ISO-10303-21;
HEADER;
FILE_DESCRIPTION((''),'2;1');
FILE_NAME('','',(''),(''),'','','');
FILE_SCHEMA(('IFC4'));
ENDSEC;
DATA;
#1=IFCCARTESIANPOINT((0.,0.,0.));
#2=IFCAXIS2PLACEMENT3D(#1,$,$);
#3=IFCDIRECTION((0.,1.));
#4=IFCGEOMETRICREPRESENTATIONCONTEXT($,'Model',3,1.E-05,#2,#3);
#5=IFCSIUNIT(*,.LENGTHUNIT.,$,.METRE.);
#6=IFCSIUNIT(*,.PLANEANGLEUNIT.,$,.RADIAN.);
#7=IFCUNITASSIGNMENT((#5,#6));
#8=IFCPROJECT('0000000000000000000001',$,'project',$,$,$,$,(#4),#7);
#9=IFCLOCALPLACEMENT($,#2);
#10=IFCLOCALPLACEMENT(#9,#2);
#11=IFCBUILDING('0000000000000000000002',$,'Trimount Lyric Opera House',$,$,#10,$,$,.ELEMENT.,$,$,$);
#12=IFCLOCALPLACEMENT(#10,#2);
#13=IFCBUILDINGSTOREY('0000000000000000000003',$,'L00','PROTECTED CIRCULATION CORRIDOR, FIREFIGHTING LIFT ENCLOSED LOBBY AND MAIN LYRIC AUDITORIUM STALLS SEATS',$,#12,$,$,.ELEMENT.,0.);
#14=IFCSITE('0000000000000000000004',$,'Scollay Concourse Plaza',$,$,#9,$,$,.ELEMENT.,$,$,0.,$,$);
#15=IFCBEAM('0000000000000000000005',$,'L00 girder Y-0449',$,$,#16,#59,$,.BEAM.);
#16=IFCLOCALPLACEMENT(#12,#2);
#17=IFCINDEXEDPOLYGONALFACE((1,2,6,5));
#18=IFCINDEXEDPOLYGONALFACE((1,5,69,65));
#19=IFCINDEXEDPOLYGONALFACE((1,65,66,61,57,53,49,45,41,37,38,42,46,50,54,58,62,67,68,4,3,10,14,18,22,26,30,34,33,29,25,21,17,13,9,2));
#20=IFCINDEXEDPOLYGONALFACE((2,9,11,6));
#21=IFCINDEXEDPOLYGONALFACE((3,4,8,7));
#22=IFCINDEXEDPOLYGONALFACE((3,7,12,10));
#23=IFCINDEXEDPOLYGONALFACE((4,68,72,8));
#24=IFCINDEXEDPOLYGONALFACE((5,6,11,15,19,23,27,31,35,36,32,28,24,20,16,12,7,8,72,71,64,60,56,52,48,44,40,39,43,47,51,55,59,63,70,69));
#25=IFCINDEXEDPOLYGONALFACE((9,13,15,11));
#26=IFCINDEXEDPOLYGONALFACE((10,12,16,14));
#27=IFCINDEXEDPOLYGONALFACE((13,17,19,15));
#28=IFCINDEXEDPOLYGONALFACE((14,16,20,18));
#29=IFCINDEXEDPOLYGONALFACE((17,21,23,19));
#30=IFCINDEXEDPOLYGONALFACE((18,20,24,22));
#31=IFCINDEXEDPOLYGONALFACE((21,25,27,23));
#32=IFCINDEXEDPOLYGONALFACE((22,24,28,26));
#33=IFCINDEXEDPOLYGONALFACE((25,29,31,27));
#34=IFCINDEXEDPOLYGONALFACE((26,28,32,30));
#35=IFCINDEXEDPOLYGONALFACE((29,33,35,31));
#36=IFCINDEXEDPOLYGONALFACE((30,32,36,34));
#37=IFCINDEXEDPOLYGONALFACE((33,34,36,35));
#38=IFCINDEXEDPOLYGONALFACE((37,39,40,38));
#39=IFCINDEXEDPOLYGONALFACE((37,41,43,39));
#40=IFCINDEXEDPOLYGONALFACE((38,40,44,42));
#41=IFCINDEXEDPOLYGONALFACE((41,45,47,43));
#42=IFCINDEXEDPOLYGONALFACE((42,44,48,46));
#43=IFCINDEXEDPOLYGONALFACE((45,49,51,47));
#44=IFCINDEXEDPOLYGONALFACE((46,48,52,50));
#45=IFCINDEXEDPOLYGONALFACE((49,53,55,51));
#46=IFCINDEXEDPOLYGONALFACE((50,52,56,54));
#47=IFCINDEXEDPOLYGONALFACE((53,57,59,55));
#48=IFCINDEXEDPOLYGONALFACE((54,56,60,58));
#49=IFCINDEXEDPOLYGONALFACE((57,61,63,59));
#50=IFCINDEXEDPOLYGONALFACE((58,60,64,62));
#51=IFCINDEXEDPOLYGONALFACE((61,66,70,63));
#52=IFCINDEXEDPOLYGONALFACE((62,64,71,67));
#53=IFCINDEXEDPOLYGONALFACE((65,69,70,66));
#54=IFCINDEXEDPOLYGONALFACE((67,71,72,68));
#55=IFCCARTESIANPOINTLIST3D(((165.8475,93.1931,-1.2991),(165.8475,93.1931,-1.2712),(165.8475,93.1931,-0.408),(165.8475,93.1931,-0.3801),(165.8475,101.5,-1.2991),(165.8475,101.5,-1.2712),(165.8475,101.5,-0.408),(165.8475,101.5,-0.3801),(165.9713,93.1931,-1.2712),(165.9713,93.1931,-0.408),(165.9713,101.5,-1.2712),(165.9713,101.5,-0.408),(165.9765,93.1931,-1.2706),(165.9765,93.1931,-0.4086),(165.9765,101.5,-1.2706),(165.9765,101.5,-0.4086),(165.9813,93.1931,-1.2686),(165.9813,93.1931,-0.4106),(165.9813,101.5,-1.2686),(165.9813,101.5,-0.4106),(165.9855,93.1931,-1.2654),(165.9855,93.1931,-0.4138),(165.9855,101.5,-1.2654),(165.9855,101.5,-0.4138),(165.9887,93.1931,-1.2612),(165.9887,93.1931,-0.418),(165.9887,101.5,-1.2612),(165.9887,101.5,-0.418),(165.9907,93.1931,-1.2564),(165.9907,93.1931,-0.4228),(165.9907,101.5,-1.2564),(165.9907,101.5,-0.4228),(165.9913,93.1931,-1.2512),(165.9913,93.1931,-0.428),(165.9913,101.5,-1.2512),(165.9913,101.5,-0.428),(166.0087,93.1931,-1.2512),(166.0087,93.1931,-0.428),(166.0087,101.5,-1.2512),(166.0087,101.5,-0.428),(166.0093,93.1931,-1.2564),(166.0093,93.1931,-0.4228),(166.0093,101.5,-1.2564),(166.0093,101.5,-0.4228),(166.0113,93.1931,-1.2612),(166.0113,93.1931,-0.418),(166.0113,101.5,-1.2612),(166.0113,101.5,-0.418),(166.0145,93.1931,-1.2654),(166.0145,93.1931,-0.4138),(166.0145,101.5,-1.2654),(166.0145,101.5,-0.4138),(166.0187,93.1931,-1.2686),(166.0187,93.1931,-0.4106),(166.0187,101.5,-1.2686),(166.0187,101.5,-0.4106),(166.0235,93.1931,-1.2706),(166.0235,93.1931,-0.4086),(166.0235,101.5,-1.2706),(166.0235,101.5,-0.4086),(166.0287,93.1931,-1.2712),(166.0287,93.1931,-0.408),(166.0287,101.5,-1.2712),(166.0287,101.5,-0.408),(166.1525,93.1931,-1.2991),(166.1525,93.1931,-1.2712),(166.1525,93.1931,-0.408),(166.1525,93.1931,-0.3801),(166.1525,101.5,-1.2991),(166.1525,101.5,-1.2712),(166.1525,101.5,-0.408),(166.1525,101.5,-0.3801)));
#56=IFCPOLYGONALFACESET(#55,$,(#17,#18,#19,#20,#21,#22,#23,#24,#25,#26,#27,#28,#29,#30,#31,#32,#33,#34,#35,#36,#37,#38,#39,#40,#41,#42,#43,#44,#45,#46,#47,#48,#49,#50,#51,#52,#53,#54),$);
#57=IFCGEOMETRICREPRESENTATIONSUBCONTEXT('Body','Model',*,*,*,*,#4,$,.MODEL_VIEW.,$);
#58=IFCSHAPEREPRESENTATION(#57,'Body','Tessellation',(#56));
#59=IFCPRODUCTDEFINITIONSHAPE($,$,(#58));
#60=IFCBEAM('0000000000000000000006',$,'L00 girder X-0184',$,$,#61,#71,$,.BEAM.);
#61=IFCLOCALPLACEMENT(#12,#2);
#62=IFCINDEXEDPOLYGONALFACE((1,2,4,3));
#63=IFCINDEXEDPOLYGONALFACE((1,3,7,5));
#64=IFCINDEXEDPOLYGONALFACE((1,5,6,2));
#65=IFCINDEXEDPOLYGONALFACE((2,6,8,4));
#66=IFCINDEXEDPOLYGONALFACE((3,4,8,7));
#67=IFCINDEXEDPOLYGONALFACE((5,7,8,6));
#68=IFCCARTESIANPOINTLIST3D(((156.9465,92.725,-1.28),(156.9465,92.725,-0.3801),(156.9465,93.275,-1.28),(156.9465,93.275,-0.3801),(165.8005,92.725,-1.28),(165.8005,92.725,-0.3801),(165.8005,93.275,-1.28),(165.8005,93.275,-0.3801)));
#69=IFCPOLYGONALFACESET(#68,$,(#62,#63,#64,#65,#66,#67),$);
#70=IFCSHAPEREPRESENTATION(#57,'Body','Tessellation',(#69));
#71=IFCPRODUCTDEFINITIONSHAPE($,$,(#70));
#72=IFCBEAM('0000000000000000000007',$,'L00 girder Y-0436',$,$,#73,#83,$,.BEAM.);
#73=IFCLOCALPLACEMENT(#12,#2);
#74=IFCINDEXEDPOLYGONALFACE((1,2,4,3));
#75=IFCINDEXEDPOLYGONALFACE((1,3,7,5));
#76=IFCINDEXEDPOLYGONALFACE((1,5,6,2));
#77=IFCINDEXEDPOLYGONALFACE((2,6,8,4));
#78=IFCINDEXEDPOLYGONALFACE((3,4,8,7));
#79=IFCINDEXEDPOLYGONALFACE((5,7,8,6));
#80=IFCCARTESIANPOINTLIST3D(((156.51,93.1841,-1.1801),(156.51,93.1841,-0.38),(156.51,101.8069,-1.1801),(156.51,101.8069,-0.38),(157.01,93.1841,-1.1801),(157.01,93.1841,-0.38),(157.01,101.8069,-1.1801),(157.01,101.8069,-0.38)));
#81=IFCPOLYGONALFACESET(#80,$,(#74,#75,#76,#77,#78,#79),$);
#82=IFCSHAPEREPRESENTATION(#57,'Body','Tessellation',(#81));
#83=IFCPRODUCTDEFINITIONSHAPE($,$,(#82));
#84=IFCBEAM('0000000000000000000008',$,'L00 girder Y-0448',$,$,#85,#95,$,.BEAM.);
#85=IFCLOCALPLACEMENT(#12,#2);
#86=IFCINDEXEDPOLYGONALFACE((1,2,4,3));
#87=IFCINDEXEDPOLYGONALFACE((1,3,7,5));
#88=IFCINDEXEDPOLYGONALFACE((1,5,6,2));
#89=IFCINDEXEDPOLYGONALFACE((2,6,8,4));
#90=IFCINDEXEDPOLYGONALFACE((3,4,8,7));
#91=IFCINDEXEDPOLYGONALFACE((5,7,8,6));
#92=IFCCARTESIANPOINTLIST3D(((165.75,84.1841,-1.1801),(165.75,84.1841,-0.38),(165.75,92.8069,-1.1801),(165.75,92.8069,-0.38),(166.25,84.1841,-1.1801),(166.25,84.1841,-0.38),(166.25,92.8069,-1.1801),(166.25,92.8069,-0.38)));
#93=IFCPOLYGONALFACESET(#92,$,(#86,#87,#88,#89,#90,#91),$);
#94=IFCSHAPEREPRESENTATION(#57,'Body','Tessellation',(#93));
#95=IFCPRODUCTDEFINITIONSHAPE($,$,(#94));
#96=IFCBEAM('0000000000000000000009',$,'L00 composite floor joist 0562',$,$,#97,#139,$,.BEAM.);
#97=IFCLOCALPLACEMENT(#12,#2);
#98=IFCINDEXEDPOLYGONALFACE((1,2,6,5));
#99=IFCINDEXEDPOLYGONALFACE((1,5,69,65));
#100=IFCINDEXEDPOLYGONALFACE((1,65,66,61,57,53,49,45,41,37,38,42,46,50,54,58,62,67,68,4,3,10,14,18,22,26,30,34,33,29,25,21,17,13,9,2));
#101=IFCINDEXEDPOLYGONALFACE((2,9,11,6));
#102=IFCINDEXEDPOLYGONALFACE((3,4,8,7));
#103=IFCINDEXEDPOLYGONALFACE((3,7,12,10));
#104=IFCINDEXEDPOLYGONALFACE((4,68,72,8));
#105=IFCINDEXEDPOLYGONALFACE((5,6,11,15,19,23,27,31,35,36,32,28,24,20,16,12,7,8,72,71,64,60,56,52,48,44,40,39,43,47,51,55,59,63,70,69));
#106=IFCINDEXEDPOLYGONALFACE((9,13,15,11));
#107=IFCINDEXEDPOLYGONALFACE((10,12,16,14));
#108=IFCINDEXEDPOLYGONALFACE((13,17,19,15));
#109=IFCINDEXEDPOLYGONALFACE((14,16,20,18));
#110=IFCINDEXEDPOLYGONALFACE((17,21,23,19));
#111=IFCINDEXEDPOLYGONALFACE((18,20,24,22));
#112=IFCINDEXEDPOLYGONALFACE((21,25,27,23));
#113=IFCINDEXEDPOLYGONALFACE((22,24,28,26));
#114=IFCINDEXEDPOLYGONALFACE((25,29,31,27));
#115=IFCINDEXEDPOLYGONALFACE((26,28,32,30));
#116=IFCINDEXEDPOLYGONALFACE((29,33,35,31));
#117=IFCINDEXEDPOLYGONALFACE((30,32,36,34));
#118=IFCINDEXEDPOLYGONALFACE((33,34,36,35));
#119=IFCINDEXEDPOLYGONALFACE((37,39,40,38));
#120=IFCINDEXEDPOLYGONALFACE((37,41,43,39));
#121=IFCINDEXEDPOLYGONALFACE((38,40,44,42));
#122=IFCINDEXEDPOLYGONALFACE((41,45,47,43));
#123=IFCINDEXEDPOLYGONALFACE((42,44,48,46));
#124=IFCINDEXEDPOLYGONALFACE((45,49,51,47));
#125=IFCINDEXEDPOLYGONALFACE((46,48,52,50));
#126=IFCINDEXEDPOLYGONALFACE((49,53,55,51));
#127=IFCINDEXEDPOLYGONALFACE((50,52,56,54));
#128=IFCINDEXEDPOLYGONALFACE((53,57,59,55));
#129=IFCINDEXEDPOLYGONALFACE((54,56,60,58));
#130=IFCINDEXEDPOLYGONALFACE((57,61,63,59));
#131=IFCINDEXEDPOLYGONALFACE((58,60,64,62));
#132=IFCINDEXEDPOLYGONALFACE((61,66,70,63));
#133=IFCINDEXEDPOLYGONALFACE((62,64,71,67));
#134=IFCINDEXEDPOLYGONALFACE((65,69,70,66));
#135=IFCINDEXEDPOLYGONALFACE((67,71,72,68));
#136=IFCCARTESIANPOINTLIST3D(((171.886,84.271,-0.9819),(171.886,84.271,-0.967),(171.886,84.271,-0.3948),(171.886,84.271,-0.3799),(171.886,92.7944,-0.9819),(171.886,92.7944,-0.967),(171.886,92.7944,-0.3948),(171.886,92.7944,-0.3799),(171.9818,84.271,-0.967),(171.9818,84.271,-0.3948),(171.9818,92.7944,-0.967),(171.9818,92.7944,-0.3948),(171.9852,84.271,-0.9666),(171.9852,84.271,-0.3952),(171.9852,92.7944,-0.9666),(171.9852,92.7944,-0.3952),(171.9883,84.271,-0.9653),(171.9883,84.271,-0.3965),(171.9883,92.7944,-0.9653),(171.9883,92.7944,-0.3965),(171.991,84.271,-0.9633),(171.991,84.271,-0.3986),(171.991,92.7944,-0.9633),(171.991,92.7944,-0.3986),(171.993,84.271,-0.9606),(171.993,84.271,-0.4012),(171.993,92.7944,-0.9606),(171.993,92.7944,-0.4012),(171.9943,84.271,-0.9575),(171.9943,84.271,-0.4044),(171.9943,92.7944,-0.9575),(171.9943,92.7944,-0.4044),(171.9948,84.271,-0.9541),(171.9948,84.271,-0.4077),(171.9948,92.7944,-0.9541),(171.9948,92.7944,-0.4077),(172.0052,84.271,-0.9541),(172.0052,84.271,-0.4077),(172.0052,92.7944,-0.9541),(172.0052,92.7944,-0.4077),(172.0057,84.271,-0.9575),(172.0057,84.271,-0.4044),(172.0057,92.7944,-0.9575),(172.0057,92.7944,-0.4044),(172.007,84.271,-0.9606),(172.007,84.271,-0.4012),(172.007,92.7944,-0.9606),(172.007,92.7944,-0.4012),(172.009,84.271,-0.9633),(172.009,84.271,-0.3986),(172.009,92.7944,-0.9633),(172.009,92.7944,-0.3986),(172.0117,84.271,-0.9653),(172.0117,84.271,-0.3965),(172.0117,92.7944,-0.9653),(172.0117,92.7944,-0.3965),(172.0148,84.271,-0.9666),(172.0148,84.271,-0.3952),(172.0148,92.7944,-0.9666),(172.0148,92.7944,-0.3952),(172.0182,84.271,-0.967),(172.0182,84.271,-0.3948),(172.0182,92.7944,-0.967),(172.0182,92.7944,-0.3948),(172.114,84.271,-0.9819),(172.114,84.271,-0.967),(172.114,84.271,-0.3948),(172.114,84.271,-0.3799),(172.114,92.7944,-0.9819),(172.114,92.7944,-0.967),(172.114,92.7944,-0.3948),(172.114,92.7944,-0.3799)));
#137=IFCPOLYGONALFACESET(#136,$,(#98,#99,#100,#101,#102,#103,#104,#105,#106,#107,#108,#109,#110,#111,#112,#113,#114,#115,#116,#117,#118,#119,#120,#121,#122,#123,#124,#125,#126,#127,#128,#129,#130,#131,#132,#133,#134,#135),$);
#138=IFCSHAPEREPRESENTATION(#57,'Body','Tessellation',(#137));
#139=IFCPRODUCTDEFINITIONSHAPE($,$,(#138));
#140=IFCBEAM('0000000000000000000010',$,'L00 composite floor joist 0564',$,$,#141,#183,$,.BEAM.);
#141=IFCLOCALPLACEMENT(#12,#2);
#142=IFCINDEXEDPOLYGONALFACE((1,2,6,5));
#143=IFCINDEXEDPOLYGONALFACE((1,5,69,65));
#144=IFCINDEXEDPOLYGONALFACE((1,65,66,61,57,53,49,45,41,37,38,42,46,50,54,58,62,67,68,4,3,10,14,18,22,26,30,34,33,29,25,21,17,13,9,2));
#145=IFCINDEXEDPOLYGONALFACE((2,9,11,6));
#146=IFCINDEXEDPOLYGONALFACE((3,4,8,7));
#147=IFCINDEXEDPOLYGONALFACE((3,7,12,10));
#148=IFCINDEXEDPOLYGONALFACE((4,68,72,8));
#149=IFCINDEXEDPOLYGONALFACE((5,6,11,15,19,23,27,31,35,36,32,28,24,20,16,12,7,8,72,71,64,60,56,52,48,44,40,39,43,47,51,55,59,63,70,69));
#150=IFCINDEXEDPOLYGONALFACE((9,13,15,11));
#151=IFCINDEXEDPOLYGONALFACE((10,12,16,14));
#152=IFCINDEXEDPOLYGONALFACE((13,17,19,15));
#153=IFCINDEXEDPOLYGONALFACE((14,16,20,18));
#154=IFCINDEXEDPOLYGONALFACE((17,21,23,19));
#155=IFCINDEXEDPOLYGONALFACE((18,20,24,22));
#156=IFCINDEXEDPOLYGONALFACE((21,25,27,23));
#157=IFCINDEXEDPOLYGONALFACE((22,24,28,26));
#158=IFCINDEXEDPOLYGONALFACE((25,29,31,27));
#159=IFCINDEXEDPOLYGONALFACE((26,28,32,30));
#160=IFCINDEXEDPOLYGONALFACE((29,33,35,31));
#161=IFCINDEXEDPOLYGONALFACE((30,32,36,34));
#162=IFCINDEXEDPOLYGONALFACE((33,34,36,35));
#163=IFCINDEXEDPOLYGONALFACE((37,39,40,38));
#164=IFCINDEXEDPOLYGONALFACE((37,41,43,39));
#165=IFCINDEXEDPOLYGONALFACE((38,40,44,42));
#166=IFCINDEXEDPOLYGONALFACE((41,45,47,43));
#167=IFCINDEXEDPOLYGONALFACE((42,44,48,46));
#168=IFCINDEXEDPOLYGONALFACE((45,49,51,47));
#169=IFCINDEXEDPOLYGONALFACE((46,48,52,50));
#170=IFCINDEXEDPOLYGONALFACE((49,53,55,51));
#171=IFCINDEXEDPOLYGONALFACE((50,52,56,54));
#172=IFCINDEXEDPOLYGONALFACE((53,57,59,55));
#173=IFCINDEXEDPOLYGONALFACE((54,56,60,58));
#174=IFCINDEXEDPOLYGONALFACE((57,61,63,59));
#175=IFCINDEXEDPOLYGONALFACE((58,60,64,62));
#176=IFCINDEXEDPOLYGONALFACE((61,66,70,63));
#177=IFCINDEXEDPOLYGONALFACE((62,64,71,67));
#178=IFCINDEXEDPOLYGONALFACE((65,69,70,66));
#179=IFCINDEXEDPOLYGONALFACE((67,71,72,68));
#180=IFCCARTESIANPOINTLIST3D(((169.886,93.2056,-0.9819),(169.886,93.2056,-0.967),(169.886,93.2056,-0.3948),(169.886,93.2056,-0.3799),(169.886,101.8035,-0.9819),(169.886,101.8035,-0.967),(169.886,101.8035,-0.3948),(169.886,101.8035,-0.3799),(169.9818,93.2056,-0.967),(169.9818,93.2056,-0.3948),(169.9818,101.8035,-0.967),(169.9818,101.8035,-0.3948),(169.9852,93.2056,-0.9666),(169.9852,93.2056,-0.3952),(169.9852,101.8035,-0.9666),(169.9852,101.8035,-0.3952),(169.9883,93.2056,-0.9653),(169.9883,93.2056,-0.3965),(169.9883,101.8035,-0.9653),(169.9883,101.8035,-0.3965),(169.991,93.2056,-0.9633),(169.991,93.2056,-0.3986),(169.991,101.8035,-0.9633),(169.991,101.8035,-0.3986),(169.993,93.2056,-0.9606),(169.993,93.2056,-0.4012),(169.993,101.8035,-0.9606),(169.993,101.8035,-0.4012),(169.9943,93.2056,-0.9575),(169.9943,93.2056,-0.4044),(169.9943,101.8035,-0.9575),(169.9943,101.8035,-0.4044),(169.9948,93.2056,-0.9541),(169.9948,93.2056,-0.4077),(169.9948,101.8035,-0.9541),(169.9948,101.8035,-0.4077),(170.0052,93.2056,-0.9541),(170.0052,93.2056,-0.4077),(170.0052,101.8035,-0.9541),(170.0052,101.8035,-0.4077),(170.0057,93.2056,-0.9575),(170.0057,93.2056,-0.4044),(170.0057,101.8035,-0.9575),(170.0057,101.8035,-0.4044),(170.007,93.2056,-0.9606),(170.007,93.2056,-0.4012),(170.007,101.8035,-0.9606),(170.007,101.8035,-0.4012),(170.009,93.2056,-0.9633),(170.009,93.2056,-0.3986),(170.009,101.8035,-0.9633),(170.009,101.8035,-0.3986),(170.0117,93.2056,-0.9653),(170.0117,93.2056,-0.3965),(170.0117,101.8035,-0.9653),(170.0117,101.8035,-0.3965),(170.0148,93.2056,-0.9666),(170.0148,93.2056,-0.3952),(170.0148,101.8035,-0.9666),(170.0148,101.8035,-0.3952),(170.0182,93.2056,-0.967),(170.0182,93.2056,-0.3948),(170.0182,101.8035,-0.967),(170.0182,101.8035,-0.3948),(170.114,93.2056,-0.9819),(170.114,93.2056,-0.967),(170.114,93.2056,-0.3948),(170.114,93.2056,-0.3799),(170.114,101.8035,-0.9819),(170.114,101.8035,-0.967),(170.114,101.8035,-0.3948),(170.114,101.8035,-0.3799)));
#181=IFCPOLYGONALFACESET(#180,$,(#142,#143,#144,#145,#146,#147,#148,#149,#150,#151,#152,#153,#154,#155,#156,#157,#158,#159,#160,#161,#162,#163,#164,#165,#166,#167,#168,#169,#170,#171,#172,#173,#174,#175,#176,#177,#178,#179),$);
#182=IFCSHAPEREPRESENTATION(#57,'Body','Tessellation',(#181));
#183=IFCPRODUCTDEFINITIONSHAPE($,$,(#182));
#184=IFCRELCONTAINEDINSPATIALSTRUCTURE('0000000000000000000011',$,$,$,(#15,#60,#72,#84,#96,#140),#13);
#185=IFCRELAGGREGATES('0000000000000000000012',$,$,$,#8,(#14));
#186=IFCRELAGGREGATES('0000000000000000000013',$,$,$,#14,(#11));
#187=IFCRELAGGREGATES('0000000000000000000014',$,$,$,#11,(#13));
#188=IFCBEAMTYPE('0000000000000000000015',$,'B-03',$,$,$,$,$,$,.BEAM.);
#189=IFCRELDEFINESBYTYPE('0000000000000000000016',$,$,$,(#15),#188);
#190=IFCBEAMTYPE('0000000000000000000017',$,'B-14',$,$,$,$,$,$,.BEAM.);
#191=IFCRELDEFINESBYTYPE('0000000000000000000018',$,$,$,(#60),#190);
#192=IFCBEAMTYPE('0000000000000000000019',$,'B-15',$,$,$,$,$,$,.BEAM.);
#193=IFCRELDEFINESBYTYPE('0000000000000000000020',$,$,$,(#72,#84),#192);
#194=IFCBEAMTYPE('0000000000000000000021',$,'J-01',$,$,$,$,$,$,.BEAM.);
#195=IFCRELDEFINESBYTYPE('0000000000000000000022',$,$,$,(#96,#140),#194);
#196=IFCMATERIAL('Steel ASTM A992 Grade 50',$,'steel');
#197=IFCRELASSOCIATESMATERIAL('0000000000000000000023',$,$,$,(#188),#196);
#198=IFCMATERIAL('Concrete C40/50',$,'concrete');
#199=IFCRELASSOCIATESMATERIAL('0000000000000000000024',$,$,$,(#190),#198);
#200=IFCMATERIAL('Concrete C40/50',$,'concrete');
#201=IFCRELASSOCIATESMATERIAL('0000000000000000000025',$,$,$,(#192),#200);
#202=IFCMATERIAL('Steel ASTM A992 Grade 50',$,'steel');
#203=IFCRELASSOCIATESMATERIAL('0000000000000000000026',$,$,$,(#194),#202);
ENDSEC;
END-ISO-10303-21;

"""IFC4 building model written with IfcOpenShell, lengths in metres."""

from ifc_helpers import new_model, si_unit, direction, frame, origin, origin_2d, place, context, subcontext, project, spatial, rectangle, i_section, extrude, material, material_profile, profile_set, type_object, element, save


model = new_model("IFC4")

# Units and contexts
model_context = context("Model", 3, precision=1e-05, world=origin(), true_north=direction((0.0, 1.0)))
body_context = subcontext(model_context, "Body", "Model", "MODEL_VIEW")
ifc_project = project(units=[si_unit("LENGTHUNIT", "METRE"), si_unit("PLANEANGLEUNIT", "RADIAN")], contexts=[model_context])

# Site, building, storey
site_placement = place(None, origin())
site = spatial("IfcSite", under=ifc_project, at=site_placement, Name="Scollay Concourse Plaza", CompositionType="ELEMENT", RefElevation=0.0)
building_placement = place(site_placement, origin())
building = spatial("IfcBuilding", under=site, at=building_placement, Name="Trimount Lyric Opera House", CompositionType="ELEMENT")
storey_placement = place(building_placement, origin())
storey = spatial("IfcBuildingStorey", under=building, at=storey_placement, Name="L00", Description="PROTECTED CIRCULATION CORRIDOR, FIREFIGHTING LIFT ENCLOSED LOBBY AND MAIN LYRIC AUDITORIUM STALLS SEATS", CompositionType="ELEMENT", Elevation=0.0)

# Beams
ifc_material_1 = material(Name="Steel ASTM A992 Grade 50", Category="steel")
ifc_material_profile_1 = material_profile(ifc_material_1, i_section(OverallWidth=0.3049, OverallDepth=0.9189, WebThickness=0.0173, FlangeThickness=0.0278, FilletRadius=0.02, at=origin_2d()), Name="W36X170")
ifc_profile_set_1 = profile_set([ifc_material_profile_1], Name="Steel ASTM A992 Grade 50")
beam_type_1 = type_object("IfcBeamType", Name="B-03", PredefinedType="BEAM", material=ifc_profile_set_1)
beam_1_placement = place(storey_placement, frame((166.0, 93.1931, -0.8396), z_axis=(0.0, 1.0, 0.0), x_axis=(-1.0, 0.0, 0.0)))
element("IfcBeam", 1, at=beam_1_placement, inside=storey, type_object=beam_type_1, Name="L00 girder Y-0449", PredefinedType="BEAM", context=body_context, shape_type="SweptSolid", body=[
    extrude(i_section(OverallWidth=0.3049, OverallDepth=0.9189, WebThickness=0.0173, FlangeThickness=0.0278, FilletRadius=0.02, at=origin_2d()), origin(), (0.0, 0.0, 1.0), 8.3069),
])
ifc_material_2 = material(Name="Concrete C40/50", Category="concrete")
ifc_material_profile_2 = material_profile(ifc_material_2, rectangle(XDim=0.55, YDim=0.8999, at=origin_2d()), Name="RC550X900")
ifc_profile_set_2 = profile_set([ifc_material_profile_2], Name="Concrete C40/50")
beam_type_2 = type_object("IfcBeamType", Name="B-14", PredefinedType="BEAM", material=ifc_profile_set_2)
beam_2_placement = place(storey_placement, frame((156.9465, 93.0, -0.8301), z_axis=(1.0, 0.0, 0.0), x_axis=(0.0, 1.0, 0.0)))
element("IfcBeam", 2, at=beam_2_placement, inside=storey, type_object=beam_type_2, Name="L00 girder X-0184", PredefinedType="BEAM", context=body_context, shape_type="SweptSolid", body=[
    extrude(rectangle(XDim=0.55, YDim=0.8999, at=origin_2d()), origin(), (0.0, 0.0, 1.0), 8.854),
])
ifc_material_3 = material(Name="Concrete C40/50", Category="concrete")
ifc_material_profile_3 = material_profile(ifc_material_3, rectangle(XDim=0.5, YDim=0.8, at=origin_2d()), Name="RC500X800")
ifc_profile_set_3 = profile_set([ifc_material_profile_3], Name="Concrete C40/50")
beam_type_3 = type_object("IfcBeamType", Name="B-15", PredefinedType="BEAM", material=ifc_profile_set_3)
for number, where, z_axis, x_axis, name in (
    (3, (156.76, 93.1841, -0.78), (0.0, 1.0, 0.0), (-1.0, 0.0, 0.0), "L00 girder Y-0436"),
    (4, (166.0, 84.1841, -0.78), (0.0, 1.0, 0.0), (-1.0, 0.0, 0.0), "L00 girder Y-0448"),
):
    element("IfcBeam", number, at=place(storey_placement, frame(where, z_axis=z_axis, x_axis=x_axis)), inside=storey, type_object=beam_type_3, Name=name, PredefinedType="BEAM", context=body_context, shape_type="SweptSolid", body=[
        extrude(rectangle(XDim=0.5, YDim=0.8, at=origin_2d()), origin(), (0.0, 0.0, 1.0), 8.6228),
    ])
ifc_material_4 = material(Name="Steel ASTM A992 Grade 50", Category="steel")
ifc_material_profile_4 = material_profile(ifc_material_4, i_section(OverallWidth=0.228, OverallDepth=0.6021, WebThickness=0.0105, FlangeThickness=0.0149, FilletRadius=0.0129, at=origin_2d()), Name="W24X68")
ifc_profile_set_4 = profile_set([ifc_material_profile_4], Name="Steel ASTM A992 Grade 50")
beam_type_4 = type_object("IfcBeamType", Name="J-01", PredefinedType="BEAM", material=ifc_profile_set_4)
beam_3_placement = place(storey_placement, frame((172.0, 84.271, -0.6809), z_axis=(0.0, 1.0, 0.0), x_axis=(-1.0, 0.0, 0.0)))
element("IfcBeam", 5, at=beam_3_placement, inside=storey, type_object=beam_type_4, Name="L00 composite floor joist 0562", PredefinedType="BEAM", context=body_context, shape_type="SweptSolid", body=[
    extrude(i_section(OverallWidth=0.228, OverallDepth=0.6021, WebThickness=0.0105, FlangeThickness=0.0149, FilletRadius=0.0129, at=origin_2d()), origin(), (0.0, 0.0, 1.0), 8.5234),
])
beam_4_placement = place(storey_placement, frame((170.0, 93.2056, -0.6809), z_axis=(0.0, 1.0, 0.0), x_axis=(-1.0, 0.0, 0.0)))
element("IfcBeam", 6, at=beam_4_placement, inside=storey, type_object=beam_type_4, Name="L00 composite floor joist 0564", PredefinedType="BEAM", context=body_context, shape_type="SweptSolid", body=[
    extrude(i_section(OverallWidth=0.228, OverallDepth=0.6021, WebThickness=0.0105, FlangeThickness=0.0149, FilletRadius=0.0129, at=origin_2d()), origin(), (0.0, 0.0, 1.0), 8.5979),
])

save(model, "model.ifc")
